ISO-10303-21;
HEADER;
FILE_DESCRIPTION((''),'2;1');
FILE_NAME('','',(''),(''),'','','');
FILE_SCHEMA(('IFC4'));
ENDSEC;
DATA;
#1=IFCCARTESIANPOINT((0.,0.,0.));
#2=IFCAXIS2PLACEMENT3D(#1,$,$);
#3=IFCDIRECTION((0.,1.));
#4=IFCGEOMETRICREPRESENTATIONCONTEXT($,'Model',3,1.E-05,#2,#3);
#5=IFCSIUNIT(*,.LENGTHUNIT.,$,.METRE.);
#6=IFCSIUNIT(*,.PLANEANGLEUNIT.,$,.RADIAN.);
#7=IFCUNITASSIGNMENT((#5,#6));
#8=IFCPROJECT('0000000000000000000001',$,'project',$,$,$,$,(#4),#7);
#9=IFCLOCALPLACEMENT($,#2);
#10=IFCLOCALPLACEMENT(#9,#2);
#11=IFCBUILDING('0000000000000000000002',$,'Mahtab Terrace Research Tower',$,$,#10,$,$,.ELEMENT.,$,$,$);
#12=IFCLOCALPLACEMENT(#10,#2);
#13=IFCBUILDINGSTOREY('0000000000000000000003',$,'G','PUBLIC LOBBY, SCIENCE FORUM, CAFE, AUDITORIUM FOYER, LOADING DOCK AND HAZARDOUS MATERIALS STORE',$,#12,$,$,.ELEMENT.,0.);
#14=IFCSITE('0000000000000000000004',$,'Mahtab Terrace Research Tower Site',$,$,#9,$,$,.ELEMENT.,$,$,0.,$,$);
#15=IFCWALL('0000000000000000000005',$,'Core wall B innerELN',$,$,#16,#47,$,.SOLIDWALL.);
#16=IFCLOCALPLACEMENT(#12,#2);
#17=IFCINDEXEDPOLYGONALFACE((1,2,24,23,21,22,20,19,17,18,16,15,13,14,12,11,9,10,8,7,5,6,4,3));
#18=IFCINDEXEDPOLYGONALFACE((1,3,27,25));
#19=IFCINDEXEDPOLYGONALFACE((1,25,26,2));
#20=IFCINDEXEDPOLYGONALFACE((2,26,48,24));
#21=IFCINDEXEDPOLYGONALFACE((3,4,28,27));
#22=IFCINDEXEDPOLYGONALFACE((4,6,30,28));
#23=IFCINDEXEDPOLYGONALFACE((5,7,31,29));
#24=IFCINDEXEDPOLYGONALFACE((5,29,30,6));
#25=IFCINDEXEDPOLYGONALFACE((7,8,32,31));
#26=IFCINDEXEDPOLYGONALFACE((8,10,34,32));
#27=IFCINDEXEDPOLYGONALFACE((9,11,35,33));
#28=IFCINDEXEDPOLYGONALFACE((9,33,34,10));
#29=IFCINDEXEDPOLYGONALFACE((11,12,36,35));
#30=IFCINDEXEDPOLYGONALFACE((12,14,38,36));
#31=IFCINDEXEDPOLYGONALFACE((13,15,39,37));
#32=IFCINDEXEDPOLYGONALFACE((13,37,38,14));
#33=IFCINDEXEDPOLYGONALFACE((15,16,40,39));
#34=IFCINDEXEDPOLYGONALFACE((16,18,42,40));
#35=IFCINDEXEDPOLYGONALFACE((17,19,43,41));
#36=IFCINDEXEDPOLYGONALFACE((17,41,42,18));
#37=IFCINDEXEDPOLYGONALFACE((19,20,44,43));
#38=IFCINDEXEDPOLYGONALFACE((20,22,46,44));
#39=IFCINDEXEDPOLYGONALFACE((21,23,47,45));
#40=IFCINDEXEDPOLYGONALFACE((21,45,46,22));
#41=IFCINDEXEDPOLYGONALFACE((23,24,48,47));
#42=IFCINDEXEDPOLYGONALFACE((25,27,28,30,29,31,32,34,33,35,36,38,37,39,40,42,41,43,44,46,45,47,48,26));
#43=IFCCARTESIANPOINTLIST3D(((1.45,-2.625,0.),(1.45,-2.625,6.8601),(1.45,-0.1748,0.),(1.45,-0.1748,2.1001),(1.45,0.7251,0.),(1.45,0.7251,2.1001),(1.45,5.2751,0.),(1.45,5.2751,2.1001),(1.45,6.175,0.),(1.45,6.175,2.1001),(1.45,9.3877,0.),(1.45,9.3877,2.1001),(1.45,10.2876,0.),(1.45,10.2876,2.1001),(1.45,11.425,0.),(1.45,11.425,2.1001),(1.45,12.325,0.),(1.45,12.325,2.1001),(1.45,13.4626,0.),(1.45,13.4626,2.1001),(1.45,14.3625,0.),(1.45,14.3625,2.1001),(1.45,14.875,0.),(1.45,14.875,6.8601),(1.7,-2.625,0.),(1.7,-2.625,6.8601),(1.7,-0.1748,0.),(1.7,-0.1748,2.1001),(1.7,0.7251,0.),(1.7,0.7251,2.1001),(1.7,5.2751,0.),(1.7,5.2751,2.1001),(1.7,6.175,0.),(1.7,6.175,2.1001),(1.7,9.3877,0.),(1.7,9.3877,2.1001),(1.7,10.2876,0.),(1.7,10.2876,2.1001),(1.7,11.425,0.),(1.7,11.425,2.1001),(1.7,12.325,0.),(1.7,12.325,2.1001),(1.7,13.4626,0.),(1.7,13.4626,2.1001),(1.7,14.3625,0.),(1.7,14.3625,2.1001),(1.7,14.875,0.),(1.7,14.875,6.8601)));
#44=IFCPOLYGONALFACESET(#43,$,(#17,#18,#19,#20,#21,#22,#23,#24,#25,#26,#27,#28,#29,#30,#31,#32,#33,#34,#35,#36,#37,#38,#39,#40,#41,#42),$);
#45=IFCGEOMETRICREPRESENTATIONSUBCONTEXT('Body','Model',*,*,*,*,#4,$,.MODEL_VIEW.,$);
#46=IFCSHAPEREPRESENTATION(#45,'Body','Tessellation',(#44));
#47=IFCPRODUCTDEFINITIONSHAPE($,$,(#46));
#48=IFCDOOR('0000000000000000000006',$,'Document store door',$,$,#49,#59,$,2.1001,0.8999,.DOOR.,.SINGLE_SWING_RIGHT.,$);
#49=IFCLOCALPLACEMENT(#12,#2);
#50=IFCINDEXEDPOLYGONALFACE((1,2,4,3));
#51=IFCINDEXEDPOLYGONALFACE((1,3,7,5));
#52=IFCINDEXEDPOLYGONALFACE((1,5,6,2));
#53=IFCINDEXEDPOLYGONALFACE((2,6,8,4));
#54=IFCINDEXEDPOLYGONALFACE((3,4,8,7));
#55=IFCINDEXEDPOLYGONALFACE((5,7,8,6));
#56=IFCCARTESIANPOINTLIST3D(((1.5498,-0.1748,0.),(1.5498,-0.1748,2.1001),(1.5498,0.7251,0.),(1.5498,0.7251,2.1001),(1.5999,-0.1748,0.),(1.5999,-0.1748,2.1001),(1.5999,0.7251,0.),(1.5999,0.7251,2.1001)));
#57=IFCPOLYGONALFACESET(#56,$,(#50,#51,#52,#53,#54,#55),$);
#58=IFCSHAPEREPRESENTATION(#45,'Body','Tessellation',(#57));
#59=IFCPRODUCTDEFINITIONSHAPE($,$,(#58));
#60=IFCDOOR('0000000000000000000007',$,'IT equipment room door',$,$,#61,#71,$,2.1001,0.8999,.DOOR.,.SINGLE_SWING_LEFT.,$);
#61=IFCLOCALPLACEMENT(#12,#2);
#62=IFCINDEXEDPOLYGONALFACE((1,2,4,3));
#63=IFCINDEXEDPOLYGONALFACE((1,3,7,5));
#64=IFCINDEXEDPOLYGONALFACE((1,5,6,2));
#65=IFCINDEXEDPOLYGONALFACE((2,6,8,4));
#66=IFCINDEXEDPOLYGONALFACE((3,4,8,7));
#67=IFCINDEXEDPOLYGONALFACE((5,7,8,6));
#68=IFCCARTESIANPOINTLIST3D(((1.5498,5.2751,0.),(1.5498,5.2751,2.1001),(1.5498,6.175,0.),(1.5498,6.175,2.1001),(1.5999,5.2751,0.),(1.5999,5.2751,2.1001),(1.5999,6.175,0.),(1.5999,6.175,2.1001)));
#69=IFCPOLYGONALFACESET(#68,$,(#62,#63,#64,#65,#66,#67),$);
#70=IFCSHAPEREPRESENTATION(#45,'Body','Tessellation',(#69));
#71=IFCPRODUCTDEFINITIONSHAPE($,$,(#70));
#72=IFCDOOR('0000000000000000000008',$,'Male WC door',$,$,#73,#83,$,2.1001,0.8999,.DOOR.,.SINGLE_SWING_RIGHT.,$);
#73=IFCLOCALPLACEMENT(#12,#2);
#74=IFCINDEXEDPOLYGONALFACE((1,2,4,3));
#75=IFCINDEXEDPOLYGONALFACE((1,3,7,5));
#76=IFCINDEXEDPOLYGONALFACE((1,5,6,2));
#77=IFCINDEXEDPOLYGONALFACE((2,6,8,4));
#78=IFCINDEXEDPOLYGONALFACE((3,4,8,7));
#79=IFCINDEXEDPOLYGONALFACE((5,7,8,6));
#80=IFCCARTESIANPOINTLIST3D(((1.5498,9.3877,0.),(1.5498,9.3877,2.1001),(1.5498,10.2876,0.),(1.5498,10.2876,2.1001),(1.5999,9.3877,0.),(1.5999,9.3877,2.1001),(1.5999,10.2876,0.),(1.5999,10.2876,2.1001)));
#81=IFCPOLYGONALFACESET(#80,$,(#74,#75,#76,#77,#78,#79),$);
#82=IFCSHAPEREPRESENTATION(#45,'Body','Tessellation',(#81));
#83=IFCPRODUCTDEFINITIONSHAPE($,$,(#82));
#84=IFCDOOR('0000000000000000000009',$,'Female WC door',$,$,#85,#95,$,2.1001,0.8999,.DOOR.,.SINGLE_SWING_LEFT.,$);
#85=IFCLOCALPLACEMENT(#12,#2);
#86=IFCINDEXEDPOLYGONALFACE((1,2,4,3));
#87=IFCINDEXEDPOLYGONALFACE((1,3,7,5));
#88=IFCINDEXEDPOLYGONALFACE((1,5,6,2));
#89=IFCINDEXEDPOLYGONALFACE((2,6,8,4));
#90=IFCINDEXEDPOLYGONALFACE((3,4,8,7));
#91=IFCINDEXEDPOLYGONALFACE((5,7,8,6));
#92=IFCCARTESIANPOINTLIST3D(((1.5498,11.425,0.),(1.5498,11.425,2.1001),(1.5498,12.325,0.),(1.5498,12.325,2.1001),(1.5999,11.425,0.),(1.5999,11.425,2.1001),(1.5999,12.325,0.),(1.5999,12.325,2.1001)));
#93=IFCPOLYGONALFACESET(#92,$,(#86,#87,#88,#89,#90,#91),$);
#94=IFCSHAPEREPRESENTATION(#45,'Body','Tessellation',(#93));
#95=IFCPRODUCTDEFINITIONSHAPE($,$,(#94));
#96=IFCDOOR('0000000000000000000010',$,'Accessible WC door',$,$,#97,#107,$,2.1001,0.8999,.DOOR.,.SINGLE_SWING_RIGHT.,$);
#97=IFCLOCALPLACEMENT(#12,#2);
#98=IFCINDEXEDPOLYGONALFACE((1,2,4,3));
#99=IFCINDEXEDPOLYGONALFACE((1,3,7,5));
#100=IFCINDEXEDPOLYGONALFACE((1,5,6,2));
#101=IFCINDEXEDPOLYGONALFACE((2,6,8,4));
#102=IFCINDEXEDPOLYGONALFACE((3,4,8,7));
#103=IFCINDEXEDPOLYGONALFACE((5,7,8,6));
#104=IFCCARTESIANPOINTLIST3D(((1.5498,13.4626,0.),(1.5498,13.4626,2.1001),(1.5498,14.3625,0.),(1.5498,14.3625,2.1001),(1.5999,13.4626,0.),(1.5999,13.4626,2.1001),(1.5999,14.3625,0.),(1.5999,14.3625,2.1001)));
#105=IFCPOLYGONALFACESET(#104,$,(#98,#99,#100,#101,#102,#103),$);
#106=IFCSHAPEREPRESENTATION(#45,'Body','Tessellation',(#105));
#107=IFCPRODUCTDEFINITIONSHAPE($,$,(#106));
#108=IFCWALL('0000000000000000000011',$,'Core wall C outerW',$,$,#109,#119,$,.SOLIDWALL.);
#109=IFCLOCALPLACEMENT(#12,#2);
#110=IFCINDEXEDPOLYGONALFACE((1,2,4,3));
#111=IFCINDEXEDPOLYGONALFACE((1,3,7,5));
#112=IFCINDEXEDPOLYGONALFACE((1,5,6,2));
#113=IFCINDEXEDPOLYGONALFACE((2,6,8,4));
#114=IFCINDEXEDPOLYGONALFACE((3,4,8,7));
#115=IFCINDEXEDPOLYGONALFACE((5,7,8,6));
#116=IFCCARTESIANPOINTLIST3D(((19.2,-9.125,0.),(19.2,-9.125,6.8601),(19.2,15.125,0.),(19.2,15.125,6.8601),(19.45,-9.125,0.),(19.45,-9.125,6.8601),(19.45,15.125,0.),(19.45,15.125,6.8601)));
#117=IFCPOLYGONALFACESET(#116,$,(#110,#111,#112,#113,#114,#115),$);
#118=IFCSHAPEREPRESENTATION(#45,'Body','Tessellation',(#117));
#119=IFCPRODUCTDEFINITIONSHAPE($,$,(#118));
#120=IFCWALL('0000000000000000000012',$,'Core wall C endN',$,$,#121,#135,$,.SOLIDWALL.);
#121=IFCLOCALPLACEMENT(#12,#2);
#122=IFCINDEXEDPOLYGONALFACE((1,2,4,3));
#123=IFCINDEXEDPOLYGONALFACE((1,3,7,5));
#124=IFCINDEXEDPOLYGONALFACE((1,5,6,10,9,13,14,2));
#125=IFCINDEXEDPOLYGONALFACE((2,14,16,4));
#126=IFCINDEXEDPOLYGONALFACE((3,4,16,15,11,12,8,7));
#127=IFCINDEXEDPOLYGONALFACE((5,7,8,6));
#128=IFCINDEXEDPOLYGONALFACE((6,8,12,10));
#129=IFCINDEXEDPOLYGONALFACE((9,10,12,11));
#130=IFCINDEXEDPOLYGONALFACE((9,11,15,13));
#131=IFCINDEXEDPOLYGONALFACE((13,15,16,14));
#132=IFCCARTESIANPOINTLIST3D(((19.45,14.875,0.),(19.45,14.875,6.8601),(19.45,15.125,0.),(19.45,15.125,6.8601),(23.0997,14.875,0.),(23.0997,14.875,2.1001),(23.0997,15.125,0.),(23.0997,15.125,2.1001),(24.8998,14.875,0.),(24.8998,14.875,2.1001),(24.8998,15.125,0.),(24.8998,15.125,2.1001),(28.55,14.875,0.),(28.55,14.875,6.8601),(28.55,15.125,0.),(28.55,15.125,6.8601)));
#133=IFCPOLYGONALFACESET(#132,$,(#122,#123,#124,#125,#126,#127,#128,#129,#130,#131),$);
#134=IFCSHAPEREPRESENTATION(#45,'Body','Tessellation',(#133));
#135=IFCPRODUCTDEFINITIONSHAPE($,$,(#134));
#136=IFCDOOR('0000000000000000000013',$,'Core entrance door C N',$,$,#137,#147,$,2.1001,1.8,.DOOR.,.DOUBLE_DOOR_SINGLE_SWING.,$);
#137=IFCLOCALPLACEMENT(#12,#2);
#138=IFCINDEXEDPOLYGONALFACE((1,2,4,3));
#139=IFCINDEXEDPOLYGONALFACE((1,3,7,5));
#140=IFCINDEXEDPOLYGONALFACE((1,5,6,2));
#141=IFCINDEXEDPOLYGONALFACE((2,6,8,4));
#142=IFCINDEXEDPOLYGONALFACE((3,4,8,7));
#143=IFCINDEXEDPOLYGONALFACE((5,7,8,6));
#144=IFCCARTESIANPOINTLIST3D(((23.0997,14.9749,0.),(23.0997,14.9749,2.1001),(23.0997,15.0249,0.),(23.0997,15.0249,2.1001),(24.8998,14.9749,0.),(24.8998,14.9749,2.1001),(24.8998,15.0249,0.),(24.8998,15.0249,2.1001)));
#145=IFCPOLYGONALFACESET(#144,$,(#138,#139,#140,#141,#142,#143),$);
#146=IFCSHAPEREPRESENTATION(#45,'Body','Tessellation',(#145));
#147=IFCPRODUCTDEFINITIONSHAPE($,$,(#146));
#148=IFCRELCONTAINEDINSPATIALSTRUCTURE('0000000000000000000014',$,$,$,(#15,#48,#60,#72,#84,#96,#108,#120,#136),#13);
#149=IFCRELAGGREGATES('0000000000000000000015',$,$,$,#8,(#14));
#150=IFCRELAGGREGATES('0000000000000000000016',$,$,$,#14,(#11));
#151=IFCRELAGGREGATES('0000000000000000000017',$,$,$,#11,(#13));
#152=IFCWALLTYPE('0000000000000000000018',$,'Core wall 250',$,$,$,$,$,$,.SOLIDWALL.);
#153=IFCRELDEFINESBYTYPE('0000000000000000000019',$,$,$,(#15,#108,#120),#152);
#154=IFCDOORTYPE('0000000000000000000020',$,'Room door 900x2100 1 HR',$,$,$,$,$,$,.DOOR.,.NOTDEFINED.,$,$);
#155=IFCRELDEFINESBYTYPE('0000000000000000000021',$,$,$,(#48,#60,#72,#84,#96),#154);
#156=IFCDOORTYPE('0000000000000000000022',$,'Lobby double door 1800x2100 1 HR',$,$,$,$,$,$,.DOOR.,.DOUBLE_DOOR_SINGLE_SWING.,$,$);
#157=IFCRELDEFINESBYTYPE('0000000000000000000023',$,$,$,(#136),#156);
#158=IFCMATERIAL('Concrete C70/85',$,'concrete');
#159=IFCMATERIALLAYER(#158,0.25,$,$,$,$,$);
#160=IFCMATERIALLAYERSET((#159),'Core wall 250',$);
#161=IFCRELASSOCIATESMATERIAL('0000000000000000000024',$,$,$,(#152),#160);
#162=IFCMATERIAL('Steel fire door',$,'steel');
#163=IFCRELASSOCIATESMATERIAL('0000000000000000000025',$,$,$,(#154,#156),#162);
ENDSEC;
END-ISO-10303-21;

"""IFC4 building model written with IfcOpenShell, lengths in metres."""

from ifc_helpers import new_model, si_unit, direction, frame, frame_2d, origin, place, context, subcontext, project, spatial, rectangle, extrude, material, layer, layer_set, type_object, element, fill, save


model = new_model("IFC4")

# Units and contexts
model_context = context("Model", 3, precision=1e-05, world=origin(), true_north=direction((0.0, 1.0)))
body_context = subcontext(model_context, "Body", "Model", "MODEL_VIEW")
ifc_project = project(units=[si_unit("LENGTHUNIT", "METRE"), si_unit("PLANEANGLEUNIT", "RADIAN")], contexts=[model_context])

# Site, building, storey
site_placement = place(None, origin())
site = spatial("IfcSite", under=ifc_project, at=site_placement, Name="Mahtab Terrace Research Tower Site", CompositionType="ELEMENT", RefElevation=0.0)
building_placement = place(site_placement, origin())
building = spatial("IfcBuilding", under=site, at=building_placement, Name="Mahtab Terrace Research Tower", CompositionType="ELEMENT")
storey_placement = place(building_placement, origin())
storey = spatial("IfcBuildingStorey", under=building, at=storey_placement, Name="G", Description="PUBLIC LOBBY, SCIENCE FORUM, CAFE, AUDITORIUM FOYER, LOADING DOCK AND HAZARDOUS MATERIALS STORE", CompositionType="ELEMENT", Elevation=0.0)

# Shared definitions
ifc_material_1 = material(Name="Concrete C70/85", Category="concrete")

# Wall, openings, doors
ifc_layer_1 = layer(ifc_material_1, 0.25)
ifc_layer_set_1 = layer_set([ifc_layer_1], Name="Core wall 250")
wall_type = type_object("IfcWallType", Name="Core wall 250", PredefinedType="SOLIDWALL", material=ifc_layer_set_1)
wall_1_placement = place(storey_placement, frame((1.575, 14.875, 0.0), z_axis=(0.0, 0.0, 1.0), x_axis=(0.0, -1.0, 0.0)))
wall_1 = element("IfcWall", 1, at=wall_1_placement, inside=storey, type_object=wall_type, Name="Core wall B innerELN", PredefinedType="SOLIDWALL", context=body_context, shape_type="SweptSolid", body=[
    extrude(rectangle(XDim=17.5, YDim=0.25, at=frame_2d((8.75, 0.0))), origin(), (0.0, 0.0, 1.0), 6.8601),
])
opening_1_placement = place(wall_1_placement, frame((14.1499, 0.0, 0.0)))
opening_1 = element("IfcOpeningElement", 2, at=opening_1_placement, cuts=wall_1, PredefinedType="OPENING", context=body_context, shape_type="SweptSolid", body=[
    extrude(rectangle(XDim=0.8999, YDim=2.1001, at=frame_2d((0.45, 1.05))), frame((0.0, 0.135, 0.0), z_axis=(0.0, -1.0, 0.0), x_axis=(1.0, 0.0, 0.0)), (0.0, 0.0, 1.0), 0.27),
])
opening_2_placement = place(wall_1_placement, frame((8.7, 0.0, 0.0)))
opening_2 = element("IfcOpeningElement", 3, at=opening_2_placement, cuts=wall_1, PredefinedType="OPENING", context=body_context, shape_type="SweptSolid", body=[
    extrude(rectangle(XDim=0.8999, YDim=2.1001, at=frame_2d((0.45, 1.05))), frame((0.0, 0.135, 0.0), z_axis=(0.0, -1.0, 0.0), x_axis=(1.0, 0.0, 0.0)), (0.0, 0.0, 1.0), 0.27),
])
opening_3_placement = place(wall_1_placement, frame((4.5874, 0.0, 0.0)))
opening_3 = element("IfcOpeningElement", 4, at=opening_3_placement, cuts=wall_1, PredefinedType="OPENING", context=body_context, shape_type="SweptSolid", body=[
    extrude(rectangle(XDim=0.8999, YDim=2.1001, at=frame_2d((0.45, 1.05))), frame((0.0, 0.135, 0.0), z_axis=(0.0, -1.0, 0.0), x_axis=(1.0, 0.0, 0.0)), (0.0, 0.0, 1.0), 0.27),
])
opening_4_placement = place(wall_1_placement, frame((2.55, 0.0, 0.0)))
opening_4 = element("IfcOpeningElement", 5, at=opening_4_placement, cuts=wall_1, PredefinedType="OPENING", context=body_context, shape_type="SweptSolid", body=[
    extrude(rectangle(XDim=0.8999, YDim=2.1001, at=frame_2d((0.45, 1.05))), frame((0.0, 0.135, 0.0), z_axis=(0.0, -1.0, 0.0), x_axis=(1.0, 0.0, 0.0)), (0.0, 0.0, 1.0), 0.27),
])
opening_5_placement = place(wall_1_placement, frame((0.5125, 0.0, 0.0)))
opening_5 = element("IfcOpeningElement", 6, at=opening_5_placement, cuts=wall_1, PredefinedType="OPENING", context=body_context, shape_type="SweptSolid", body=[
    extrude(rectangle(XDim=0.8999, YDim=2.1001, at=frame_2d((0.45, 1.05))), frame((0.0, 0.135, 0.0), z_axis=(0.0, -1.0, 0.0), x_axis=(1.0, 0.0, 0.0)), (0.0, 0.0, 1.0), 0.27),
])
ifc_material_2 = material(Name="Steel fire door", Category="steel")
door_type_1 = type_object("IfcDoorType", Name="Room door 900x2100 1 HR", OperationType="NOTDEFINED", PredefinedType="DOOR", material=ifc_material_2)
door_1_placement = place(opening_1_placement, origin())
door_1 = element("IfcDoor", 7, at=door_1_placement, inside=storey, type_object=door_type_1, Name="Document store door", OperationType="SINGLE_SWING_RIGHT", OverallHeight=2.1001, OverallWidth=0.8999, PredefinedType="DOOR", context=body_context, shape_type="SweptSolid", body=[
    extrude(rectangle(XDim=0.8999, YDim=2.1001, at=frame_2d((0.45, 1.05))), frame((0.0, 0.0249, 0.0), z_axis=(0.0, -1.0, 0.0), x_axis=(1.0, 0.0, 0.0)), (0.0, 0.0, 1.0), 0.05),
])
fill(opening_1, door_1)
door_2_placement = place(opening_2_placement, origin())
door_2 = element("IfcDoor", 8, at=door_2_placement, inside=storey, type_object=door_type_1, Name="IT equipment room door", OperationType="SINGLE_SWING_LEFT", OverallHeight=2.1001, OverallWidth=0.8999, PredefinedType="DOOR", context=body_context, shape_type="SweptSolid", body=[
    extrude(rectangle(XDim=0.8999, YDim=2.1001, at=frame_2d((0.45, 1.05))), frame((0.0, 0.0249, 0.0), z_axis=(0.0, -1.0, 0.0), x_axis=(1.0, 0.0, 0.0)), (0.0, 0.0, 1.0), 0.05),
])
fill(opening_2, door_2)
door_3_placement = place(opening_3_placement, origin())
door_3 = element("IfcDoor", 9, at=door_3_placement, inside=storey, type_object=door_type_1, Name="Male WC door", OperationType="SINGLE_SWING_RIGHT", OverallHeight=2.1001, OverallWidth=0.8999, PredefinedType="DOOR", context=body_context, shape_type="SweptSolid", body=[
    extrude(rectangle(XDim=0.8999, YDim=2.1001, at=frame_2d((0.45, 1.05))), frame((0.0, 0.0249, 0.0), z_axis=(0.0, -1.0, 0.0), x_axis=(1.0, 0.0, 0.0)), (0.0, 0.0, 1.0), 0.05),
])
fill(opening_3, door_3)
door_4_placement = place(opening_4_placement, origin())
door_4 = element("IfcDoor", 10, at=door_4_placement, inside=storey, type_object=door_type_1, Name="Female WC door", OperationType="SINGLE_SWING_LEFT", OverallHeight=2.1001, OverallWidth=0.8999, PredefinedType="DOOR", context=body_context, shape_type="SweptSolid", body=[
    extrude(rectangle(XDim=0.8999, YDim=2.1001, at=frame_2d((0.45, 1.05))), frame((0.0, 0.0249, 0.0), z_axis=(0.0, -1.0, 0.0), x_axis=(1.0, 0.0, 0.0)), (0.0, 0.0, 1.0), 0.05),
])
fill(opening_4, door_4)
door_5_placement = place(opening_5_placement, origin())
door_5 = element("IfcDoor", 11, at=door_5_placement, inside=storey, type_object=door_type_1, Name="Accessible WC door", OperationType="SINGLE_SWING_RIGHT", OverallHeight=2.1001, OverallWidth=0.8999, PredefinedType="DOOR", context=body_context, shape_type="SweptSolid", body=[
    extrude(rectangle(XDim=0.8999, YDim=2.1001, at=frame_2d((0.45, 1.05))), frame((0.0, 0.0249, 0.0), z_axis=(0.0, -1.0, 0.0), x_axis=(1.0, 0.0, 0.0)), (0.0, 0.0, 1.0), 0.05),
])
fill(opening_5, door_5)

# Wall
wall_2_placement = place(storey_placement, frame((19.325, 15.125, 0.0), z_axis=(0.0, 0.0, 1.0), x_axis=(0.0, -1.0, 0.0)))
element("IfcWall", 12, at=wall_2_placement, inside=storey, type_object=wall_type, Name="Core wall C outerW", PredefinedType="SOLIDWALL", context=body_context, shape_type="SweptSolid", body=[
    extrude(rectangle(XDim=24.25, YDim=0.25, at=frame_2d((12.125, 0.0))), origin(), (0.0, 0.0, 1.0), 6.8601),
])

# Wall, opening, door
wall_3_placement = place(storey_placement, frame((19.45, 15.0, 0.0), z_axis=(0.0, 0.0, 1.0), x_axis=(1.0, 0.0, 0.0)))
wall_3 = element("IfcWall", 13, at=wall_3_placement, inside=storey, type_object=wall_type, Name="Core wall C endN", PredefinedType="SOLIDWALL", context=body_context, shape_type="SweptSolid", body=[
    extrude(rectangle(XDim=9.1001, YDim=0.25, at=frame_2d((4.55, 0.0))), origin(), (0.0, 0.0, 1.0), 6.8601),
])
opening_6_placement = place(wall_3_placement, frame((3.6499, 0.0, 0.0)))
opening_6 = element("IfcOpeningElement", 14, at=opening_6_placement, cuts=wall_3, PredefinedType="OPENING", context=body_context, shape_type="SweptSolid", body=[
    extrude(rectangle(XDim=1.8, YDim=2.1001, at=frame_2d((0.8999, 1.05))), frame((0.0, 0.135, 0.0), z_axis=(0.0, -1.0, 0.0), x_axis=(1.0, 0.0, 0.0)), (0.0, 0.0, 1.0), 0.27),
])
door_type_2 = type_object("IfcDoorType", Name="Lobby double door 1800x2100 1 HR", OperationType="DOUBLE_DOOR_SINGLE_SWING", PredefinedType="DOOR", material=ifc_material_2)
door_6_placement = place(opening_6_placement, origin())
door_6 = element("IfcDoor", 15, at=door_6_placement, inside=storey, type_object=door_type_2, Name="Core entrance door C N", OperationType="DOUBLE_DOOR_SINGLE_SWING", OverallHeight=2.1001, OverallWidth=1.8, PredefinedType="DOOR", context=body_context, shape_type="SweptSolid", body=[
    extrude(rectangle(XDim=1.8, YDim=2.1001, at=frame_2d((0.8999, 1.05))), frame((0.0, 0.0249, 0.0), z_axis=(0.0, -1.0, 0.0), x_axis=(1.0, 0.0, 0.0)), (0.0, 0.0, 1.0), 0.05),
])
fill(opening_6, door_6)

save(model, "model.ifc")
